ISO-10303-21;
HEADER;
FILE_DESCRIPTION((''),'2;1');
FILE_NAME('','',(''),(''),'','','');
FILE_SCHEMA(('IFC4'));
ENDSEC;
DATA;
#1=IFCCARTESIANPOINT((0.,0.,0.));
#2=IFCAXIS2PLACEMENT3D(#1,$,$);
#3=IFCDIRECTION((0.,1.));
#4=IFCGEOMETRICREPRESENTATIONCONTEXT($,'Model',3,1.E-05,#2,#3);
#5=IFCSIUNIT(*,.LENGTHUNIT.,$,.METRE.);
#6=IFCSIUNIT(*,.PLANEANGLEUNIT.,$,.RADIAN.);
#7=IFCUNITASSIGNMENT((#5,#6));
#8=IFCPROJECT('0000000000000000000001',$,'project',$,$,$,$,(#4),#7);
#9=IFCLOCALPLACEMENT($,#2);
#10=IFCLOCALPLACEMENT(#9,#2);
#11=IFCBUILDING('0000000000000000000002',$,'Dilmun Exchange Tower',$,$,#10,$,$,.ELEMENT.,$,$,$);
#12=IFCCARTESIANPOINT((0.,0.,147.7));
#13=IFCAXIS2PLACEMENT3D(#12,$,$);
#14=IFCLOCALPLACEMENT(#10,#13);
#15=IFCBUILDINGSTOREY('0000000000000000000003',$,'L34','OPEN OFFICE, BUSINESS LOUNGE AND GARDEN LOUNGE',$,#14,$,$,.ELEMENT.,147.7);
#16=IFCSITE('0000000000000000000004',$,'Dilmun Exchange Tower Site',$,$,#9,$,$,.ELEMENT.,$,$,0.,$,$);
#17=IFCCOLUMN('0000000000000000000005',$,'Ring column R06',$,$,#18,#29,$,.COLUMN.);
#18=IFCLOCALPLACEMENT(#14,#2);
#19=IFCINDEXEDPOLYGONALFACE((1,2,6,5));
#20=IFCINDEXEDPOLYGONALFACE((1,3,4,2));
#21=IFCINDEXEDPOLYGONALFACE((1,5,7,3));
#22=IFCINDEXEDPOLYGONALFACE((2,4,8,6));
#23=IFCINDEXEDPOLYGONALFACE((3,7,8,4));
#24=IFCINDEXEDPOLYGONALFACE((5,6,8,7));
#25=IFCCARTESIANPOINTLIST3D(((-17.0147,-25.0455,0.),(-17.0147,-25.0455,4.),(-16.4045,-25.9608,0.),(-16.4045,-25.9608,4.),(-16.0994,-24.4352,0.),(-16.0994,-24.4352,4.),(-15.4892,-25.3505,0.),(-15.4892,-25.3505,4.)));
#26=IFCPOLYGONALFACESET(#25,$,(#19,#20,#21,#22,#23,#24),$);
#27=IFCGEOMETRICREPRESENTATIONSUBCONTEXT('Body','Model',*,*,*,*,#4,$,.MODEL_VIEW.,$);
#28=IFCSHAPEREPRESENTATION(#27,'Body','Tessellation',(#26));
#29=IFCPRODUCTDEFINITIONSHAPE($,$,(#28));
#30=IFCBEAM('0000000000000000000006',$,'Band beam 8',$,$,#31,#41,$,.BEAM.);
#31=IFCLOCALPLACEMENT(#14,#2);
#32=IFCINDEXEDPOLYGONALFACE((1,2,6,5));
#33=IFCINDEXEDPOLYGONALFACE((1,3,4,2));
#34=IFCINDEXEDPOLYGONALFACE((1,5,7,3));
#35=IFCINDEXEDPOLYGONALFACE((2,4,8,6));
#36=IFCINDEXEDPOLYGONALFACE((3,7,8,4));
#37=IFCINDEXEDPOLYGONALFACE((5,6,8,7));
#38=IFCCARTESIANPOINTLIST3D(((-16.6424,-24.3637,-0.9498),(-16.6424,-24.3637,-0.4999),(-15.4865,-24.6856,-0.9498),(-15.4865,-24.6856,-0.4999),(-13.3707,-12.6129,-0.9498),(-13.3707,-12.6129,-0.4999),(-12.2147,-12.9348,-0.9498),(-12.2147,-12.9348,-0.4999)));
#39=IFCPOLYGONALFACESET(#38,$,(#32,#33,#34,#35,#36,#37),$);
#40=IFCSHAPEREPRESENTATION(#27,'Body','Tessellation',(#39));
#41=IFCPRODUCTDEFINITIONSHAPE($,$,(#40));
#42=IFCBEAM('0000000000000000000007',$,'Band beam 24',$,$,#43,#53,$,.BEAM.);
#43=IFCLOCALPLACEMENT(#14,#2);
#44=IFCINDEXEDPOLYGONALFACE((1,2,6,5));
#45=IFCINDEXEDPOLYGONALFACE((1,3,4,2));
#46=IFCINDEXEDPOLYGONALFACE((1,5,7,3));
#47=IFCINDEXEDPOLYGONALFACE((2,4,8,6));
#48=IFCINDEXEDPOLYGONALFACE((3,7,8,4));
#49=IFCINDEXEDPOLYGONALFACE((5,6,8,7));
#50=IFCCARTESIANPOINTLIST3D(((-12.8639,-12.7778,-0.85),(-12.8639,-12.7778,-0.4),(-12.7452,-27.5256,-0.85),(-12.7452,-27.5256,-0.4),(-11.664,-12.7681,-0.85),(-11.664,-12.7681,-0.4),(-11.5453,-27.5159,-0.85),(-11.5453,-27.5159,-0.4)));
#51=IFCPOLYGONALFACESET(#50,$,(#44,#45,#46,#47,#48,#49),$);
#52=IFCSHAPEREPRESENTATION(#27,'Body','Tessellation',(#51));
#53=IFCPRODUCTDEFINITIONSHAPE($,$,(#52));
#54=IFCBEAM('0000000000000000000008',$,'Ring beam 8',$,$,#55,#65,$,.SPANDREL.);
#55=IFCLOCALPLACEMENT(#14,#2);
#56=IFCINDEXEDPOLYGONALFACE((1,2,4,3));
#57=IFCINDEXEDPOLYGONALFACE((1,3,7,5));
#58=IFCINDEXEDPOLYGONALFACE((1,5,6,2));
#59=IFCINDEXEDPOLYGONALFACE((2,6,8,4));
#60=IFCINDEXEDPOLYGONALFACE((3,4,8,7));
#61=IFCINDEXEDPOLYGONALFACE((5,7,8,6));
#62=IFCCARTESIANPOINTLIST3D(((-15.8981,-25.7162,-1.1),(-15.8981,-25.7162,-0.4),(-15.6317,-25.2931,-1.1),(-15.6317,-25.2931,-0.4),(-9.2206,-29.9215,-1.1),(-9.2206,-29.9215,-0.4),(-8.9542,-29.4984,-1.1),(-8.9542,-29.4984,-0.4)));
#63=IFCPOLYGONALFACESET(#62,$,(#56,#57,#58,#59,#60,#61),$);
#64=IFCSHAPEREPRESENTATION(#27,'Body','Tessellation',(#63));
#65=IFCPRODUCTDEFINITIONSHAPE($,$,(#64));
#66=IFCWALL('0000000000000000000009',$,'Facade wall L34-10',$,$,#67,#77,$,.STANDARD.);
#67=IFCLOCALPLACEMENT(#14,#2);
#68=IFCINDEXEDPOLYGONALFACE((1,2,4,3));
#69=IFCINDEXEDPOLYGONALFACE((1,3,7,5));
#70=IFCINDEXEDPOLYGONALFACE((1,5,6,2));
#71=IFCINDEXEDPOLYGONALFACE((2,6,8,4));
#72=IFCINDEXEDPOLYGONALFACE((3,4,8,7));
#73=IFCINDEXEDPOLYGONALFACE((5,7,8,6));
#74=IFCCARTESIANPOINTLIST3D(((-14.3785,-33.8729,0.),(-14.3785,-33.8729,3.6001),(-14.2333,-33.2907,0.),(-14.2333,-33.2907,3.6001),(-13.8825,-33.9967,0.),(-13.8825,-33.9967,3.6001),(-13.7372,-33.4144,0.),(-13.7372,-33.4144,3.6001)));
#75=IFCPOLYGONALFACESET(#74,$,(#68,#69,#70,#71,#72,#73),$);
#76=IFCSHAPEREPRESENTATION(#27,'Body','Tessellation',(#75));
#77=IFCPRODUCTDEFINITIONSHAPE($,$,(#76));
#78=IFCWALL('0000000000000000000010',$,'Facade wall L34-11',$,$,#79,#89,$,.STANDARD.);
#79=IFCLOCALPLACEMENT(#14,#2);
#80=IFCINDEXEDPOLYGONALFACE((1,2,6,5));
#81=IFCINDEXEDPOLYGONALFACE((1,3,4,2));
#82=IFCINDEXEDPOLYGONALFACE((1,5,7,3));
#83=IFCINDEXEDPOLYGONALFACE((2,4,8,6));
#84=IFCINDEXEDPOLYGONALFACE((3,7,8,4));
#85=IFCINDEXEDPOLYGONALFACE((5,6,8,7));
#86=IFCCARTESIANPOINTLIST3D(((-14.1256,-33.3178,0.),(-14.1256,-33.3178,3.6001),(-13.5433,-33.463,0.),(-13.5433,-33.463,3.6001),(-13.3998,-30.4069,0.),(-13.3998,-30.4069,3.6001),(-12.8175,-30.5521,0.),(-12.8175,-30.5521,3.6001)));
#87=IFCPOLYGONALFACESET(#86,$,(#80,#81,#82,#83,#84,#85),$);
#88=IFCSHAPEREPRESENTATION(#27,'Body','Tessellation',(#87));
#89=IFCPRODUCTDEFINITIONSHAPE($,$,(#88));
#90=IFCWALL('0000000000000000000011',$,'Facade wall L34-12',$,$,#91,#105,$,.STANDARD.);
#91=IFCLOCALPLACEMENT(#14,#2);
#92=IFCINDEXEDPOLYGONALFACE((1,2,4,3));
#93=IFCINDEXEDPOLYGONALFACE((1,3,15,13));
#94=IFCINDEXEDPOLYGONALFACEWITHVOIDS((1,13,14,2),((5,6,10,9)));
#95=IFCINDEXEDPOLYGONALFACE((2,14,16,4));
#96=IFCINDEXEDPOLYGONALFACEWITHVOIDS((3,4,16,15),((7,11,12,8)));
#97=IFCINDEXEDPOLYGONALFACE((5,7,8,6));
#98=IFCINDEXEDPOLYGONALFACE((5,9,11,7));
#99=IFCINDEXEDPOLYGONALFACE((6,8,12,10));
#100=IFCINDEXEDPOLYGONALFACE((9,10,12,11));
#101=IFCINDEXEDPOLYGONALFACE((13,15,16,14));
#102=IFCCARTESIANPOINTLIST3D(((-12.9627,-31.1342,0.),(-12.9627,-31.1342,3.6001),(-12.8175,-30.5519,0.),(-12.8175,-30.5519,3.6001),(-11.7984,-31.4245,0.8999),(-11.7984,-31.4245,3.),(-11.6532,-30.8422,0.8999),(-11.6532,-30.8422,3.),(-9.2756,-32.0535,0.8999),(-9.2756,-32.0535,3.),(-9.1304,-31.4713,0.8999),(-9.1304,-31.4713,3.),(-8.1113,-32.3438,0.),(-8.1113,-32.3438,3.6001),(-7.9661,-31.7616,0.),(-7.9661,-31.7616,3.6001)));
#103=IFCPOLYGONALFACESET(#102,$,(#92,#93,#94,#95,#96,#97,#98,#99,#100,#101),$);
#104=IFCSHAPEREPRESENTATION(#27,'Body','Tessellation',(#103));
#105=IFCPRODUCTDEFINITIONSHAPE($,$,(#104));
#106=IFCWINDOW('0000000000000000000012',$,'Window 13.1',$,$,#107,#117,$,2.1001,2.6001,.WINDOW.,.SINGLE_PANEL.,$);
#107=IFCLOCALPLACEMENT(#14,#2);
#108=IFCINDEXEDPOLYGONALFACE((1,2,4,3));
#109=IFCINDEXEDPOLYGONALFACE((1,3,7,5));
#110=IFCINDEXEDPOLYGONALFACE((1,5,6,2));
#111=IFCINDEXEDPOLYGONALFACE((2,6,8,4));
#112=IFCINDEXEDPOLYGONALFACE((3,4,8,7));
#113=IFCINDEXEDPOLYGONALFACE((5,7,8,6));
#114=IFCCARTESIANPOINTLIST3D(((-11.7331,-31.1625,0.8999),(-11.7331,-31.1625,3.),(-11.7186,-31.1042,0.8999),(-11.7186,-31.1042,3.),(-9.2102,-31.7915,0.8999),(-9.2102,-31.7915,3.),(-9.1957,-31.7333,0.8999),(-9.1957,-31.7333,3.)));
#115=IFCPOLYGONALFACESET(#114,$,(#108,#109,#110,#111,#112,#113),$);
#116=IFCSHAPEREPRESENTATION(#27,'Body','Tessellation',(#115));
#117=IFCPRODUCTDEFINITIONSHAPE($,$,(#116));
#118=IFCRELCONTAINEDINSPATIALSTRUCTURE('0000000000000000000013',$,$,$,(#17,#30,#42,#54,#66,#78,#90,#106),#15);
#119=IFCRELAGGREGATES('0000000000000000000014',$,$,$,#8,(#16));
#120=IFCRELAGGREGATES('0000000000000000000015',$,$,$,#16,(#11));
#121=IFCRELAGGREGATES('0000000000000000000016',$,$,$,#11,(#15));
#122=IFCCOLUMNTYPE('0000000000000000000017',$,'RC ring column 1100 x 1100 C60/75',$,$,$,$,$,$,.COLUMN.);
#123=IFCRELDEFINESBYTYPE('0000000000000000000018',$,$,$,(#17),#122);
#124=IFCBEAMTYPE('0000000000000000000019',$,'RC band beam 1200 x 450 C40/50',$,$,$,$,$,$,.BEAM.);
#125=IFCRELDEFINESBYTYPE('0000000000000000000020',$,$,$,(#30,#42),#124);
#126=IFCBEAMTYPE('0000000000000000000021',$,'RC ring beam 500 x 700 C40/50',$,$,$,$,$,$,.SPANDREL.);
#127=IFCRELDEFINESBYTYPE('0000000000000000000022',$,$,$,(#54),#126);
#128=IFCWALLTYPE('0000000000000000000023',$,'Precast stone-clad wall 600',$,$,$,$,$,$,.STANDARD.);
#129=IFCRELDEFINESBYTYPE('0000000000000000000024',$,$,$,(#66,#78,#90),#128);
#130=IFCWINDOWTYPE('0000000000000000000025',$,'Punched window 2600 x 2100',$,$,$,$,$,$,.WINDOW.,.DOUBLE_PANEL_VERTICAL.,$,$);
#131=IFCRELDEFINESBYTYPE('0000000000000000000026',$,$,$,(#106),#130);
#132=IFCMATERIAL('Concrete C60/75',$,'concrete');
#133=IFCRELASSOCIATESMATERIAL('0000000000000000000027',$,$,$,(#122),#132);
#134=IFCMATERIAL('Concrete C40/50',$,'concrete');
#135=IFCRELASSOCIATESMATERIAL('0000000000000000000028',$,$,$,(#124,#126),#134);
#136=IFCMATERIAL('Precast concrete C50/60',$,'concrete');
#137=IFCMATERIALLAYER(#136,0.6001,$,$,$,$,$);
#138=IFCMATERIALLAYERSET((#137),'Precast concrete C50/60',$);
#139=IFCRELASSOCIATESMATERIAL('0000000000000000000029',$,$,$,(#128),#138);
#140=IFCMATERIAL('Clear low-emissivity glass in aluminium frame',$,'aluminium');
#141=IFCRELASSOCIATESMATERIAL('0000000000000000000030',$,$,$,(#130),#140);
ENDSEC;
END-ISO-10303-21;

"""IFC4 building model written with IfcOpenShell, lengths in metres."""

from ifc_helpers import new_model, si_unit, direction, frame, frame_2d, origin, origin_2d, place, context, subcontext, project, spatial, rectangle, extrude, material, layer, layer_set, material_profile, profile_set, type_object, element, fill, save


model = new_model("IFC4")

# Units and contexts
model_context = context("Model", 3, precision=1e-05, world=origin(), true_north=direction((0.0, 1.0)))
body_context = subcontext(model_context, "Body", "Model", "MODEL_VIEW")
ifc_project = project(units=[si_unit("LENGTHUNIT", "METRE"), si_unit("PLANEANGLEUNIT", "RADIAN")], contexts=[model_context])

# Site, building, storey
site_placement = place(None, origin())
site = spatial("IfcSite", under=ifc_project, at=site_placement, Name="Dilmun Exchange Tower Site", CompositionType="ELEMENT", RefElevation=0.0)
building_placement = place(site_placement, origin())
building = spatial("IfcBuilding", under=site, at=building_placement, Name="Dilmun Exchange Tower", CompositionType="ELEMENT")
storey_placement = place(building_placement, frame((0.0, 0.0, 147.7)))
storey = spatial("IfcBuildingStorey", under=building, at=storey_placement, Name="L34", Description="OPEN OFFICE, BUSINESS LOUNGE AND GARDEN LOUNGE", CompositionType="ELEMENT", Elevation=147.7)

# Column
ifc_material_1 = material(Name="Concrete C60/75", Category="concrete")
ifc_material_profile_1 = material_profile(ifc_material_1, rectangle(XDim=1.1001, YDim=1.1001, at=origin_2d()), Name="1100 x 1100")
ifc_profile_set_1 = profile_set([ifc_material_profile_1], Name="Concrete C60/75")
column_type = type_object("IfcColumnType", Name="RC ring column 1100 x 1100 C60/75", PredefinedType="COLUMN", material=ifc_profile_set_1)
column_placement = place(storey_placement, frame((-16.252, -25.198, 0.0), z_axis=(0.0, 0.0, 1.0), x_axis=(0.832029, 0.554733, 0.0)))
element("IfcColumn", 1, at=column_placement, inside=storey, type_object=column_type, Name="Ring column R06", PredefinedType="COLUMN", context=body_context, shape_type="SweptSolid", body=[
    extrude(rectangle(XDim=1.1001, YDim=1.1001, at=origin_2d()), origin(), (0.0, 0.0, 1.0), 4.0),
])

# Beams
ifc_material_2 = material(Name="Concrete C40/50", Category="concrete")
ifc_material_profile_2 = material_profile(ifc_material_2, rectangle(XDim=1.2, YDim=0.45, at=origin_2d()), Name="1200 x 450")
ifc_profile_set_2 = profile_set([ifc_material_profile_2], Name="Concrete C40/50")
beam_type_1 = type_object("IfcBeamType", Name="RC band beam 1200 x 450 C40/50", PredefinedType="BEAM", material=ifc_profile_set_2)
beam_1_placement = place(storey_placement, frame((-16.0645, -24.5247, -0.7249), z_axis=(0.268225, 0.963356, 0.0), x_axis=(-0.963356, 0.268225, 0.0)))
element("IfcBeam", 2, at=beam_1_placement, inside=storey, type_object=beam_type_1, Name="Band beam 8", PredefinedType="BEAM", context=body_context, shape_type="SweptSolid", body=[
    extrude(rectangle(XDim=1.2, YDim=0.45, at=origin_2d()), origin(), (0.0, 0.0, 1.0), 12.1978),
])
beam_2_placement = place(storey_placement, frame((-12.1453, -27.5208, -0.625), z_axis=(-0.008045, 0.999968, 0.0), x_axis=(-0.999968, -0.008045, 0.0)))
element("IfcBeam", 3, at=beam_2_placement, inside=storey, type_object=beam_type_1, Name="Band beam 24", PredefinedType="BEAM", context=body_context, shape_type="SweptSolid", body=[
    extrude(rectangle(XDim=1.2, YDim=0.45, at=origin_2d()), origin(), (0.0, 0.0, 1.0), 14.7483),
])
ifc_material_profile_3 = material_profile(ifc_material_2, rectangle(XDim=0.5, YDim=0.7, at=origin_2d()), Name="500 x 700")
ifc_profile_set_3 = profile_set([ifc_material_profile_3], Name="Concrete C40/50")
beam_type_2 = type_object("IfcBeamType", Name="RC ring beam 500 x 700 C40/50", PredefinedType="SPANDREL", material=ifc_profile_set_3)
beam_3_placement = place(storey_placement, frame((-15.7649, -25.5046, -0.75), z_axis=(0.846177, -0.532902, 0.0), x_axis=(0.532902, 0.846177, 0.0)))
element("IfcBeam", 4, at=beam_3_placement, inside=storey, type_object=beam_type_2, Name="Ring beam 8", PredefinedType="SPANDREL", context=body_context, shape_type="SweptSolid", body=[
    extrude(rectangle(XDim=0.5, YDim=0.7, at=origin_2d()), origin(), (0.0, 0.0, 1.0), 7.8914),
])

# Walls
ifc_material_3 = material(Name="Precast concrete C50/60", Category="concrete")
ifc_layer = layer(ifc_material_3, 0.6001)
ifc_layer_set = layer_set([ifc_layer], Name="Precast concrete C50/60")
wall_type = type_object("IfcWallType", Name="Precast stone-clad wall 600", PredefinedType="STANDARD", material=ifc_layer_set)
wall_1_placement = place(storey_placement, frame((-14.3059, -33.5818, 0.0), z_axis=(0.0, 0.0, 1.0), x_axis=(0.970255, -0.242086, 0.0)))
element("IfcWall", 5, at=wall_1_placement, inside=storey, type_object=wall_type, Name="Facade wall L34-10", PredefinedType="STANDARD", context=body_context, shape_type="SweptSolid", body=[
    extrude(rectangle(XDim=0.5112, YDim=0.6001, at=frame_2d((0.2556, 0.0))), origin(), (0.0, 0.0, 1.0), 3.6001),
])
wall_2_placement = place(storey_placement, frame((-13.8345, -33.3904, 0.0), z_axis=(0.0, 0.0, 1.0), x_axis=(0.241942, 0.970291, 0.0)))
element("IfcWall", 6, at=wall_2_placement, inside=storey, type_object=wall_type, Name="Facade wall L34-11", PredefinedType="STANDARD", context=body_context, shape_type="SweptSolid", body=[
    extrude(rectangle(XDim=3.0, YDim=0.6001, at=frame_2d((1.5, 0.0))), origin(), (0.0, 0.0, 1.0), 3.6001),
])

# Wall, opening, window
wall_3_placement = place(storey_placement, frame((-12.8901, -30.843, 0.0), z_axis=(0.0, 0.0, 1.0), x_axis=(0.970292, -0.241938, 0.0)))
wall_3 = element("IfcWall", 7, at=wall_3_placement, inside=storey, type_object=wall_type, Name="Facade wall L34-12", PredefinedType="STANDARD", context=body_context, shape_type="SweptSolid", body=[
    extrude(rectangle(XDim=5.0, YDim=0.6001, at=frame_2d((2.5, 0.0))), origin(), (0.0, 0.0, 1.0), 3.6001),
])
opening_placement = place(wall_3_placement, frame((1.2, 0.0, 0.8999)))
opening = element("IfcOpeningElement", 8, at=opening_placement, cuts=wall_3, PredefinedType="OPENING", context=body_context, shape_type="SweptSolid", body=[
    extrude(rectangle(XDim=2.6001, YDim=2.1001, at=frame_2d((1.3, 1.05))), frame((0.0, 0.3101, 0.0), z_axis=(0.0, -1.0, 0.0), x_axis=(1.0, 0.0, 0.0)), (0.0, 0.0, 1.0), 0.6201),
])
ifc_material_4 = material(Name="Clear low-emissivity glass in aluminium frame", Category="aluminium")
window_type = type_object("IfcWindowType", Name="Punched window 2600 x 2100", PartitioningType="DOUBLE_PANEL_VERTICAL", PredefinedType="WINDOW", material=ifc_material_4)
window_placement = place(opening_placement, origin())
window = element("IfcWindow", 9, at=window_placement, inside=storey, type_object=window_type, Name="Window 13.1", OverallHeight=2.1001, OverallWidth=2.6001, PartitioningType="SINGLE_PANEL", PredefinedType="WINDOW", context=body_context, shape_type="SweptSolid", body=[
    extrude(rectangle(XDim=2.6001, YDim=2.1001, at=frame_2d((1.3, 1.05))), frame((0.0, 0.03, 0.0), z_axis=(0.0, -1.0, 0.0), x_axis=(1.0, 0.0, 0.0)), (0.0, 0.0, 1.0), 0.0601),
])
fill(opening, window)

save(model, "model.ifc")
